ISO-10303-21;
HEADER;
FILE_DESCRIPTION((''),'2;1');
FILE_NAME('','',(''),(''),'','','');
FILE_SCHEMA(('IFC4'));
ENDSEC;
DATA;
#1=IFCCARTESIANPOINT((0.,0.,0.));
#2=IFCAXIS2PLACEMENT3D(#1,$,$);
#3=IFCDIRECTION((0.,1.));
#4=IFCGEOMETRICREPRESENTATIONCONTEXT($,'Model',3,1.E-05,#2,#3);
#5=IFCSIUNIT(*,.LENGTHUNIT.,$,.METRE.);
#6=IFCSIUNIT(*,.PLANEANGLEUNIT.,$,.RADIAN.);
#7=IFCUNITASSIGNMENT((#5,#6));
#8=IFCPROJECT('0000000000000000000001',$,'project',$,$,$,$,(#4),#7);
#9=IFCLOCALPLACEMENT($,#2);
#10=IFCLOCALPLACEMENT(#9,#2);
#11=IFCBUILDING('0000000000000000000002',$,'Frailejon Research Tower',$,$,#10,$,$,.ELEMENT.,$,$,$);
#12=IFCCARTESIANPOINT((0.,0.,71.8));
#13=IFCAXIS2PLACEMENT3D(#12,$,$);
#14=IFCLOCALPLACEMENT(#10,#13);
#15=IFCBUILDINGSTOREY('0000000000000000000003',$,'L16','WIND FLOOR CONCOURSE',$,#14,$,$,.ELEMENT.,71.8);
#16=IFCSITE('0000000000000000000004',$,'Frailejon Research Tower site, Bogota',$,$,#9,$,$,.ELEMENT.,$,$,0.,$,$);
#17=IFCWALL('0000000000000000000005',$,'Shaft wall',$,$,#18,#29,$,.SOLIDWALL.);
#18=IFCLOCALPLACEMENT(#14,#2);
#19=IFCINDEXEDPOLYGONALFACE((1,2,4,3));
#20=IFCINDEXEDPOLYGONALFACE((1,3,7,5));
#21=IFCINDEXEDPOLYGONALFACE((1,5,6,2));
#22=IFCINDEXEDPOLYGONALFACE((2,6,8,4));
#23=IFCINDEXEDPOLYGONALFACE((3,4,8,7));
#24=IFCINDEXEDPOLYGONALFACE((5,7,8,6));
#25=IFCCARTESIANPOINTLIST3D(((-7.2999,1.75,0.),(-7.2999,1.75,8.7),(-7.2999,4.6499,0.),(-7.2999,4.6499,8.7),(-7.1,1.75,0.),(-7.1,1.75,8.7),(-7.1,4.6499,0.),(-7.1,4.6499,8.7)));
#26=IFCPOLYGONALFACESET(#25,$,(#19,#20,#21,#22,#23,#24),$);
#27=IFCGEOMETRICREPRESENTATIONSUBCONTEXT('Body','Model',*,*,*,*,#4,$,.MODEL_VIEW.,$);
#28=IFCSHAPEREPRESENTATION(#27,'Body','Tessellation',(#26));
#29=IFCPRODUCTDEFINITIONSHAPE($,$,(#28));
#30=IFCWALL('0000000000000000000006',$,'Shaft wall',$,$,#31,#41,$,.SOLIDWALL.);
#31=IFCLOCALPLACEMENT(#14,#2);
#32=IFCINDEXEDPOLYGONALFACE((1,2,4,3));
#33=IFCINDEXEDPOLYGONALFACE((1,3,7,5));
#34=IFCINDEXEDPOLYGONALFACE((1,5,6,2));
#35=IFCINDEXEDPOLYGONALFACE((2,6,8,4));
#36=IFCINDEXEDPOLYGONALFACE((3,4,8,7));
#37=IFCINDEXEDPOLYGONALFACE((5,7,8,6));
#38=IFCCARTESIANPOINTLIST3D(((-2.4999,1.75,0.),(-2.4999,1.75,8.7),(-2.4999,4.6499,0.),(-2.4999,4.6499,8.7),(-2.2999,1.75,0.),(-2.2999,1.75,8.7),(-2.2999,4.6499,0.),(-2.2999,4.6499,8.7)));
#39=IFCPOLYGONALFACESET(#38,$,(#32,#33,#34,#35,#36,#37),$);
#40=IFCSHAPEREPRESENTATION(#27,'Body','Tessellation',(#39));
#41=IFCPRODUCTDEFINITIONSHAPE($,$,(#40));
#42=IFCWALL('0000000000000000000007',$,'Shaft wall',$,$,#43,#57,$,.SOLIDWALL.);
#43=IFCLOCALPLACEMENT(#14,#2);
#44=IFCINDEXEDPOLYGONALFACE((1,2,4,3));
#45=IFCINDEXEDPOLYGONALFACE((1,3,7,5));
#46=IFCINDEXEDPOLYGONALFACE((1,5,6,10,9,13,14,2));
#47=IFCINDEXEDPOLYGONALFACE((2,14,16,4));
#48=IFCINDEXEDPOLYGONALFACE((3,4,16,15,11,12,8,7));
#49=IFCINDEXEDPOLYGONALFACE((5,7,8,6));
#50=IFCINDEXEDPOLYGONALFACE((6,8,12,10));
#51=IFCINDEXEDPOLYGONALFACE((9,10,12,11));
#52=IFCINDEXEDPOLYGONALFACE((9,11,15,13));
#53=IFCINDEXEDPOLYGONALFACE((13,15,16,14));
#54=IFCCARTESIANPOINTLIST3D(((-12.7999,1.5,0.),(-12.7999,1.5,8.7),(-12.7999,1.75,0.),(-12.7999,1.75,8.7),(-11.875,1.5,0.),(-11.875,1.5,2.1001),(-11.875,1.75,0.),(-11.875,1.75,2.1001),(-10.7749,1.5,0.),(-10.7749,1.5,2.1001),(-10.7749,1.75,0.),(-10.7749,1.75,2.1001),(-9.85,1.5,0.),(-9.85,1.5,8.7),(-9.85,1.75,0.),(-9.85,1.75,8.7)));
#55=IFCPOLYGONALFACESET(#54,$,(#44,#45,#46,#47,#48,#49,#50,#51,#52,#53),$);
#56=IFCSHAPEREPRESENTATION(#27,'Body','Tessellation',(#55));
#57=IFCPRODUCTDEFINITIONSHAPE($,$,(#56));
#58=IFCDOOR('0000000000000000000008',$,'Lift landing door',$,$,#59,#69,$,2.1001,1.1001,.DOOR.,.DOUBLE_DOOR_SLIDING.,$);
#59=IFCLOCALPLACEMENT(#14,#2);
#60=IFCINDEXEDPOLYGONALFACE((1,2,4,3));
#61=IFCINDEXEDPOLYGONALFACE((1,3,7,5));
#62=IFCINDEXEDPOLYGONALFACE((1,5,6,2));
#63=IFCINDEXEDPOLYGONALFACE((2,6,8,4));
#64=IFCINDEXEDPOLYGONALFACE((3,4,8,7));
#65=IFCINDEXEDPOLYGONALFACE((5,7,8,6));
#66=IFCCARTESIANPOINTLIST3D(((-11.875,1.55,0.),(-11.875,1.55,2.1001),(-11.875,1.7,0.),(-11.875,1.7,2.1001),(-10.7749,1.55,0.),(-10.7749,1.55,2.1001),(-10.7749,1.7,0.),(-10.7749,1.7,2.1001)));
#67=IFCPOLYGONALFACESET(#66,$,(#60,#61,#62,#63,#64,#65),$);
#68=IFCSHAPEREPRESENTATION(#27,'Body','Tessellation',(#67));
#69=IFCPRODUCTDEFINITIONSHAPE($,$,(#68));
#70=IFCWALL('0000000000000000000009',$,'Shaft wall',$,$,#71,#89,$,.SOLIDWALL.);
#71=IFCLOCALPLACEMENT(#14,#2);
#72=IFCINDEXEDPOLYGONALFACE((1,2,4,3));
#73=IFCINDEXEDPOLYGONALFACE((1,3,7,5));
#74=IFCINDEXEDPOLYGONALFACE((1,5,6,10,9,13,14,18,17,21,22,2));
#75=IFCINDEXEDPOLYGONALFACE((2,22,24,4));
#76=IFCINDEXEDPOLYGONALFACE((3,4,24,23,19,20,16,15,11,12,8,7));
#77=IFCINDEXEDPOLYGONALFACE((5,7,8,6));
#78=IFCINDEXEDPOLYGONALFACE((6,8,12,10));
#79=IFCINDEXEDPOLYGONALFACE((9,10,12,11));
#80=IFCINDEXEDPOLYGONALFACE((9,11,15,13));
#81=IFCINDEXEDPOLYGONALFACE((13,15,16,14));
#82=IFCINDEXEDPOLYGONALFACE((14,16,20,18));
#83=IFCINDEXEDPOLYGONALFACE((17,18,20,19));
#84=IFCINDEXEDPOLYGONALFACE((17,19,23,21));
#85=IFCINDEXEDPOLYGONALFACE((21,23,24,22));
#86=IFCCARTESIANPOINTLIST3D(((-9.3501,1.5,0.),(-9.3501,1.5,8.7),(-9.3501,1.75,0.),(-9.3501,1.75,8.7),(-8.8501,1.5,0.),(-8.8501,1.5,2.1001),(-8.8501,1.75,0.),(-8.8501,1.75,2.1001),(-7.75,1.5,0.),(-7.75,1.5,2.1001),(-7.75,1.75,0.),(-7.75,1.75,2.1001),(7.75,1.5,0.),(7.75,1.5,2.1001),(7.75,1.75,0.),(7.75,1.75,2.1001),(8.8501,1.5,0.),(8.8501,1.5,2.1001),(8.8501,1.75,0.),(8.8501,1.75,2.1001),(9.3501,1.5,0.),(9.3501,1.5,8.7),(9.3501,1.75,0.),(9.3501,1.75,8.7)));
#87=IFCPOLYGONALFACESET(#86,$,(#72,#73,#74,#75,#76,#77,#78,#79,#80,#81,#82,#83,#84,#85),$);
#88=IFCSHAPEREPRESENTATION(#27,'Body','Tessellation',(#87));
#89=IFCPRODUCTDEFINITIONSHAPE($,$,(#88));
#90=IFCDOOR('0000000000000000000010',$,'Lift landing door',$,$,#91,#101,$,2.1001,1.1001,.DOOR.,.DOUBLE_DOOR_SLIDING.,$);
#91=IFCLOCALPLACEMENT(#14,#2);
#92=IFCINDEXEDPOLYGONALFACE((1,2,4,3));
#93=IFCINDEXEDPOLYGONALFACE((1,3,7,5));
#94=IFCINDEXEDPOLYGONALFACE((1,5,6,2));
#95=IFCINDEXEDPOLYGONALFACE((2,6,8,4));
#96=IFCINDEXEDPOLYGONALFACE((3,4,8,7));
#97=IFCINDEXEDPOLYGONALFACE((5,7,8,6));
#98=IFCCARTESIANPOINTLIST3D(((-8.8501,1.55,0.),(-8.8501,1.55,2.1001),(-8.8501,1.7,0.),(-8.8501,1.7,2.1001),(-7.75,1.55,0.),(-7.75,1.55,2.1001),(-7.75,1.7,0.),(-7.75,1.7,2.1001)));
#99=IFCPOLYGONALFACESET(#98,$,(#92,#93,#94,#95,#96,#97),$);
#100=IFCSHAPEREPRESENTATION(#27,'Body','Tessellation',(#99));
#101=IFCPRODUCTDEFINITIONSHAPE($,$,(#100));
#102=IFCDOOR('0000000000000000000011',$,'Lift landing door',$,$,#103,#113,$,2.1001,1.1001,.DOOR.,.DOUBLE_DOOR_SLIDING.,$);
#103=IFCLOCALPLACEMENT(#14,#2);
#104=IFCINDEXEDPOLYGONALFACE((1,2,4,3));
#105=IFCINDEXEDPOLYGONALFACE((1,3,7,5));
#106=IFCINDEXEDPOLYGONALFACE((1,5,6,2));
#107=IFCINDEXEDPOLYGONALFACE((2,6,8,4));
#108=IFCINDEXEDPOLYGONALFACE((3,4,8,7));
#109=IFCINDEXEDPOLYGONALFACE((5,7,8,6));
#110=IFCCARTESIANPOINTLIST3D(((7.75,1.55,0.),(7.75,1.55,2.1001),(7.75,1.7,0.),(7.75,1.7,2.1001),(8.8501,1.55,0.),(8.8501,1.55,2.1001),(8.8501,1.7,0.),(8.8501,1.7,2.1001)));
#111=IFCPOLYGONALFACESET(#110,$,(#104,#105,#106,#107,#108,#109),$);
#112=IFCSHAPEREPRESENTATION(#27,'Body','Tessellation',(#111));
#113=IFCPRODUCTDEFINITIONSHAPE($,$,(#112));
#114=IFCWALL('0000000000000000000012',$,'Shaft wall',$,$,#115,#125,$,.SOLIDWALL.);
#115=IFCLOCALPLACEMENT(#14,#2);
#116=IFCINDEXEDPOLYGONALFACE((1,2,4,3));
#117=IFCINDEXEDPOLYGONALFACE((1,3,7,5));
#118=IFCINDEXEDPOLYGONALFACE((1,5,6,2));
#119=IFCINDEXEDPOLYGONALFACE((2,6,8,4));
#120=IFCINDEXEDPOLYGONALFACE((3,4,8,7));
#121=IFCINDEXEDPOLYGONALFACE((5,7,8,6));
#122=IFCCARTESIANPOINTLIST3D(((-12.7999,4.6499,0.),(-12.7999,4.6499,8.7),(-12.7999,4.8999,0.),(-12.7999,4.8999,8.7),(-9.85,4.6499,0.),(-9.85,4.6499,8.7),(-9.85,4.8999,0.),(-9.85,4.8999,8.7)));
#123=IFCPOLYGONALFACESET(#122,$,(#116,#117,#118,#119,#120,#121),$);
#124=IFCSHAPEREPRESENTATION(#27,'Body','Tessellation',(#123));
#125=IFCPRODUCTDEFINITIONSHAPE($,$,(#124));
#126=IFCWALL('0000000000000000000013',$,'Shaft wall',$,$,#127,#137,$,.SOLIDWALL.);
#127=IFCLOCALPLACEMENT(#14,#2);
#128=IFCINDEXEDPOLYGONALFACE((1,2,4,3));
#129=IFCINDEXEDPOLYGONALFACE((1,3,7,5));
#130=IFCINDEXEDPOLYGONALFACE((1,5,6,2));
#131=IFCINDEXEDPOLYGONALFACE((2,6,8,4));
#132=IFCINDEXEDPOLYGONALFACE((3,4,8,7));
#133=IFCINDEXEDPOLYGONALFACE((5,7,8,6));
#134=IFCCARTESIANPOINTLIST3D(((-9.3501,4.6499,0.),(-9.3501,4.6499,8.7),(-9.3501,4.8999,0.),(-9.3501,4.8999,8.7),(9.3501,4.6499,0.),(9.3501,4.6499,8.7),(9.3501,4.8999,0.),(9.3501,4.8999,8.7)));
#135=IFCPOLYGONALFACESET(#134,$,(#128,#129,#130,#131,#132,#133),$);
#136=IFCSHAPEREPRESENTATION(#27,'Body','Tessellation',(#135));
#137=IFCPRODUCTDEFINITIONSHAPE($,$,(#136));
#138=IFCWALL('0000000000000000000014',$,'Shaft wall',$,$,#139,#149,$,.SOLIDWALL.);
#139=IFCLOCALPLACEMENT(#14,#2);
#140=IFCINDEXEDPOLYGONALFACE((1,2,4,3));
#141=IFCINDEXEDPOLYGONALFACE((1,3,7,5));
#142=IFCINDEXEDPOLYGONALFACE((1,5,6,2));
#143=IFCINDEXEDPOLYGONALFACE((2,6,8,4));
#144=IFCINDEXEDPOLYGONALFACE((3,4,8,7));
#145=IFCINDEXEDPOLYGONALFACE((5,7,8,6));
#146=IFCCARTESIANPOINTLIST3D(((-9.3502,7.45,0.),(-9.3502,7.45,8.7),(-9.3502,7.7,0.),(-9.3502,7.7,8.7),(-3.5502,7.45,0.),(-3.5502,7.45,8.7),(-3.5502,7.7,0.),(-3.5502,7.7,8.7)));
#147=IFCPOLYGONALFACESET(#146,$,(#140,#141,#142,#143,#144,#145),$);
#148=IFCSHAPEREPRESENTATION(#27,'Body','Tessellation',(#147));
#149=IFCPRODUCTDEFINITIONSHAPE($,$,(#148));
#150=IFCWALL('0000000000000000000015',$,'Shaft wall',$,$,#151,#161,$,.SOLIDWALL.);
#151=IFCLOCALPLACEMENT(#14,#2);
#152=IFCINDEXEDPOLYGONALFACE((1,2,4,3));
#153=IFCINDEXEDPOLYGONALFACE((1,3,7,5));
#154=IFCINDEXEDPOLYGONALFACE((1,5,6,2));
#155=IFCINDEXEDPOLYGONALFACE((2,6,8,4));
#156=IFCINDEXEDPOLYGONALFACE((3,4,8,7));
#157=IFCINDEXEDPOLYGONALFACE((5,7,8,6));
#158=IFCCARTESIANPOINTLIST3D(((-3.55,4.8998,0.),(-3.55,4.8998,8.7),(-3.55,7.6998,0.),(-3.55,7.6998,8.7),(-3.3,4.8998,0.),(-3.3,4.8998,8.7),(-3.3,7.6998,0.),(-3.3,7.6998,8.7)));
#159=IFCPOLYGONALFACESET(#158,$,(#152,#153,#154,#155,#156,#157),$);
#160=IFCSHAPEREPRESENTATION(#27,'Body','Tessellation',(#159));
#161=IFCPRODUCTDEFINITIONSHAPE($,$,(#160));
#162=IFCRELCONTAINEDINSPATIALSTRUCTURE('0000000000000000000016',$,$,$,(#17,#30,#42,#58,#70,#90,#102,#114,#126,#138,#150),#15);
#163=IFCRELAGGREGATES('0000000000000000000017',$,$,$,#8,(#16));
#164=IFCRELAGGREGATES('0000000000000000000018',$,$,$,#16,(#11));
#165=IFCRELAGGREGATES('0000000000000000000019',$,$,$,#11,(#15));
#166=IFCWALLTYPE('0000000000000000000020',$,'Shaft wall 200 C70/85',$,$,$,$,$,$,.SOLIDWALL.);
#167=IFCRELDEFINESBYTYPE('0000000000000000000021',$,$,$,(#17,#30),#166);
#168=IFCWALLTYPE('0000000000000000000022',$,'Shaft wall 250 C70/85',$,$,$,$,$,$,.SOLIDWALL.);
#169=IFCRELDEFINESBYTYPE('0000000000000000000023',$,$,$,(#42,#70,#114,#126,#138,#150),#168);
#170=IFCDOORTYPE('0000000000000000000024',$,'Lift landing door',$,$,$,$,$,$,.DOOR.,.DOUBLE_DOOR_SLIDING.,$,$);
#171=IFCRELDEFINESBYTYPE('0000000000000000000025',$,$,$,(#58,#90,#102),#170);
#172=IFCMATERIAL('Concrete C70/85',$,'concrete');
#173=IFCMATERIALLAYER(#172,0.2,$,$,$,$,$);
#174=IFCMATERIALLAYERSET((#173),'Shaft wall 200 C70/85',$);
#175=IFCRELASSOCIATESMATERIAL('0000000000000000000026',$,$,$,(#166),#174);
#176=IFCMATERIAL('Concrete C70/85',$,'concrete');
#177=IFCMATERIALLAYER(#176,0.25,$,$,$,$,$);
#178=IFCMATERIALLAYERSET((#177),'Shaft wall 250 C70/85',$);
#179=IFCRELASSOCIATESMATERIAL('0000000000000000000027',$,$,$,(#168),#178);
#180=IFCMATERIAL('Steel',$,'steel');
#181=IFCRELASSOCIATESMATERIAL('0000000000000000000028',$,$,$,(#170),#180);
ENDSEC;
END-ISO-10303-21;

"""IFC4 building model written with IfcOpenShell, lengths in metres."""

from ifc_helpers import new_model, si_unit, direction, frame, frame_2d, origin, place, context, subcontext, project, spatial, rectangle, extrude, material, layer, layer_set, type_object, element, fill, save


model = new_model("IFC4")

# Units and contexts
model_context = context("Model", 3, precision=1e-05, world=origin(), true_north=direction((0.0, 1.0)))
body_context = subcontext(model_context, "Body", "Model", "MODEL_VIEW")
ifc_project = project(units=[si_unit("LENGTHUNIT", "METRE"), si_unit("PLANEANGLEUNIT", "RADIAN")], contexts=[model_context])

# Site, building, storey
site_placement = place(None, origin())
site = spatial("IfcSite", under=ifc_project, at=site_placement, Name="Frailejon Research Tower site, Bogota", CompositionType="ELEMENT", RefElevation=0.0)
building_placement = place(site_placement, origin())
building = spatial("IfcBuilding", under=site, at=building_placement, Name="Frailejon Research Tower", CompositionType="ELEMENT")
storey_placement = place(building_placement, frame((0.0, 0.0, 71.8)))
storey = spatial("IfcBuildingStorey", under=building, at=storey_placement, Name="L16", Description="WIND FLOOR CONCOURSE", CompositionType="ELEMENT", Elevation=71.8)

# Walls
ifc_material_1 = material(Name="Concrete C70/85", Category="concrete")
ifc_layer_1 = layer(ifc_material_1, 0.2)
ifc_layer_set_1 = layer_set([ifc_layer_1], Name="Shaft wall 200 C70/85")
wall_type_1 = type_object("IfcWallType", Name="Shaft wall 200 C70/85", PredefinedType="SOLIDWALL", material=ifc_layer_set_1)
for number, where, z_axis, x_axis, name in (
    (1, (-7.2, 1.75, 0.0), (0.0, 0.0, 1.0), (0.0, 1.0, 0.0), "Shaft wall"),
    (2, (-2.3999, 1.75, 0.0), (0.0, 0.0, 1.0), (0.0, 1.0, 0.0), "Shaft wall"),
):
    element("IfcWall", number, at=place(storey_placement, frame(where, z_axis=z_axis, x_axis=x_axis)), inside=storey, type_object=wall_type_1, Name=name, PredefinedType="SOLIDWALL", context=body_context, shape_type="SweptSolid", body=[
        extrude(rectangle(XDim=2.8999, YDim=0.2, at=frame_2d((1.45, 0.0))), origin(), (0.0, 0.0, 1.0), 8.7),
    ])

# Wall, opening, door
ifc_material_2 = material(Name="Concrete C70/85", Category="concrete")
ifc_layer_2 = layer(ifc_material_2, 0.25)
ifc_layer_set_2 = layer_set([ifc_layer_2], Name="Shaft wall 250 C70/85")
wall_type_2 = type_object("IfcWallType", Name="Shaft wall 250 C70/85", PredefinedType="SOLIDWALL", material=ifc_layer_set_2)
wall_1_placement = place(storey_placement, frame((-12.8, 1.625, 0.0), z_axis=(0.0, 0.0, 1.0), x_axis=(1.0, 0.0, 0.0)))
wall_1 = element("IfcWall", 3, at=wall_1_placement, inside=storey, type_object=wall_type_2, Name="Shaft wall", PredefinedType="SOLIDWALL", context=body_context, shape_type="SweptSolid", body=[
    extrude(rectangle(XDim=2.95, YDim=0.25, at=frame_2d((1.4751, 0.0))), origin(), (0.0, 0.0, 1.0), 8.7),
])
opening_1_placement = place(wall_1_placement, frame((0.925, 0.0, 0.0)))
opening_1 = element("IfcOpeningElement", 4, at=opening_1_placement, cuts=wall_1, PredefinedType="OPENING", context=body_context, shape_type="SweptSolid", body=[
    extrude(rectangle(XDim=1.1001, YDim=2.1001, at=frame_2d((0.55, 1.05))), frame((0.0, 0.135, 0.0), z_axis=(0.0, -1.0, 0.0), x_axis=(1.0, 0.0, 0.0)), (0.0, 0.0, 1.0), 0.27),
])
ifc_material_3 = material(Name="Steel", Category="steel")
door_type_1 = type_object("IfcDoorType", Name="Lift landing door", OperationType="DOUBLE_DOOR_SLIDING", PredefinedType="DOOR", material=ifc_material_3)
door_1_placement = place(opening_1_placement, origin())
door_1 = element("IfcDoor", 5, at=door_1_placement, inside=storey, type_object=door_type_1, Name="Lift landing door", OperationType="DOUBLE_DOOR_SLIDING", OverallHeight=2.1001, OverallWidth=1.1001, PredefinedType="DOOR", context=body_context, shape_type="SweptSolid", body=[
    extrude(rectangle(XDim=1.1001, YDim=2.1001, at=frame_2d((0.55, 1.05))), frame((0.0, 0.075, 0.0), z_axis=(0.0, -1.0, 0.0), x_axis=(1.0, 0.0, 0.0)), (0.0, 0.0, 1.0), 0.1499),
])
fill(opening_1, door_1)

# Wall, openings, doors
wall_2_placement = place(storey_placement, frame((-9.3501, 1.625, 0.0), z_axis=(0.0, 0.0, 1.0), x_axis=(1.0, 0.0, 0.0)))
wall_2 = element("IfcWall", 6, at=wall_2_placement, inside=storey, type_object=wall_type_2, Name="Shaft wall", PredefinedType="SOLIDWALL", context=body_context, shape_type="SweptSolid", body=[
    extrude(rectangle(XDim=18.7002, YDim=0.25, at=frame_2d((9.3501, 0.0))), origin(), (0.0, 0.0, 1.0), 8.7),
])
opening_2_placement = place(wall_2_placement, frame((0.5, 0.0, 0.0)))
opening_2 = element("IfcOpeningElement", 7, at=opening_2_placement, cuts=wall_2, PredefinedType="OPENING", context=body_context, shape_type="SweptSolid", body=[
    extrude(rectangle(XDim=1.1001, YDim=2.1001, at=frame_2d((0.55, 1.05))), frame((0.0, 0.135, 0.0), z_axis=(0.0, -1.0, 0.0), x_axis=(1.0, 0.0, 0.0)), (0.0, 0.0, 1.0), 0.27),
])
opening_3_placement = place(wall_2_placement, frame((17.1001, 0.0, 0.0)))
opening_3 = element("IfcOpeningElement", 8, at=opening_3_placement, cuts=wall_2, PredefinedType="OPENING", context=body_context, shape_type="SweptSolid", body=[
    extrude(rectangle(XDim=1.1001, YDim=2.1001, at=frame_2d((0.55, 1.05))), frame((0.0, 0.135, 0.0), z_axis=(0.0, -1.0, 0.0), x_axis=(1.0, 0.0, 0.0)), (0.0, 0.0, 1.0), 0.27),
])
door_2_placement = place(opening_2_placement, origin())
door_2 = element("IfcDoor", 9, at=door_2_placement, inside=storey, type_object=door_type_1, Name="Lift landing door", OperationType="DOUBLE_DOOR_SLIDING", OverallHeight=2.1001, OverallWidth=1.1001, PredefinedType="DOOR", context=body_context, shape_type="SweptSolid", body=[
    extrude(rectangle(XDim=1.1001, YDim=2.1001, at=frame_2d((0.55, 1.05))), frame((0.0, 0.075, 0.0), z_axis=(0.0, -1.0, 0.0), x_axis=(1.0, 0.0, 0.0)), (0.0, 0.0, 1.0), 0.1499),
])
fill(opening_2, door_2)
door_3_placement = place(opening_3_placement, origin())
door_3 = element("IfcDoor", 10, at=door_3_placement, inside=storey, type_object=door_type_1, Name="Lift landing door", OperationType="DOUBLE_DOOR_SLIDING", OverallHeight=2.1001, OverallWidth=1.1001, PredefinedType="DOOR", context=body_context, shape_type="SweptSolid", body=[
    extrude(rectangle(XDim=1.1001, YDim=2.1001, at=frame_2d((0.55, 1.05))), frame((0.0, 0.075, 0.0), z_axis=(0.0, -1.0, 0.0), x_axis=(1.0, 0.0, 0.0)), (0.0, 0.0, 1.0), 0.1499),
])
fill(opening_3, door_3)

# Walls
wall_3_placement = place(storey_placement, frame((-12.8, 4.7749, 0.0), z_axis=(0.0, 0.0, 1.0), x_axis=(1.0, 0.0, 0.0)))
element("IfcWall", 11, at=wall_3_placement, inside=storey, type_object=wall_type_2, Name="Shaft wall", PredefinedType="SOLIDWALL", context=body_context, shape_type="SweptSolid", body=[
    extrude(rectangle(XDim=2.95, YDim=0.25, at=frame_2d((1.4751, 0.0))), origin(), (0.0, 0.0, 1.0), 8.7),
])
wall_4_placement = place(storey_placement, frame((-9.3501, 4.7749, 0.0), z_axis=(0.0, 0.0, 1.0), x_axis=(1.0, 0.0, 0.0)))
element("IfcWall", 12, at=wall_4_placement, inside=storey, type_object=wall_type_2, Name="Shaft wall", PredefinedType="SOLIDWALL", context=body_context, shape_type="SweptSolid", body=[
    extrude(rectangle(XDim=18.7002, YDim=0.25, at=frame_2d((9.3501, 0.0))), origin(), (0.0, 0.0, 1.0), 8.7),
])
wall_5_placement = place(storey_placement, frame((-9.3501, 7.575, 0.0), z_axis=(0.0, 0.0, 1.0), x_axis=(1.0, 0.0, 0.0)))
element("IfcWall", 13, at=wall_5_placement, inside=storey, type_object=wall_type_2, Name="Shaft wall", PredefinedType="SOLIDWALL", context=body_context, shape_type="SweptSolid", body=[
    extrude(rectangle(XDim=5.8, YDim=0.25, at=frame_2d((2.8999, 0.0))), origin(), (0.0, 0.0, 1.0), 8.7),
])
wall_6_placement = place(storey_placement, frame((-3.425, 4.8999, 0.0), z_axis=(0.0, 0.0, 1.0), x_axis=(0.0, 1.0, 0.0)))
element("IfcWall", 14, at=wall_6_placement, inside=storey, type_object=wall_type_2, Name="Shaft wall", PredefinedType="SOLIDWALL", context=body_context, shape_type="SweptSolid", body=[
    extrude(rectangle(XDim=2.8, YDim=0.25, at=frame_2d((1.3999, 0.0))), origin(), (0.0, 0.0, 1.0), 8.7),
])

save(model, "model.ifc")
